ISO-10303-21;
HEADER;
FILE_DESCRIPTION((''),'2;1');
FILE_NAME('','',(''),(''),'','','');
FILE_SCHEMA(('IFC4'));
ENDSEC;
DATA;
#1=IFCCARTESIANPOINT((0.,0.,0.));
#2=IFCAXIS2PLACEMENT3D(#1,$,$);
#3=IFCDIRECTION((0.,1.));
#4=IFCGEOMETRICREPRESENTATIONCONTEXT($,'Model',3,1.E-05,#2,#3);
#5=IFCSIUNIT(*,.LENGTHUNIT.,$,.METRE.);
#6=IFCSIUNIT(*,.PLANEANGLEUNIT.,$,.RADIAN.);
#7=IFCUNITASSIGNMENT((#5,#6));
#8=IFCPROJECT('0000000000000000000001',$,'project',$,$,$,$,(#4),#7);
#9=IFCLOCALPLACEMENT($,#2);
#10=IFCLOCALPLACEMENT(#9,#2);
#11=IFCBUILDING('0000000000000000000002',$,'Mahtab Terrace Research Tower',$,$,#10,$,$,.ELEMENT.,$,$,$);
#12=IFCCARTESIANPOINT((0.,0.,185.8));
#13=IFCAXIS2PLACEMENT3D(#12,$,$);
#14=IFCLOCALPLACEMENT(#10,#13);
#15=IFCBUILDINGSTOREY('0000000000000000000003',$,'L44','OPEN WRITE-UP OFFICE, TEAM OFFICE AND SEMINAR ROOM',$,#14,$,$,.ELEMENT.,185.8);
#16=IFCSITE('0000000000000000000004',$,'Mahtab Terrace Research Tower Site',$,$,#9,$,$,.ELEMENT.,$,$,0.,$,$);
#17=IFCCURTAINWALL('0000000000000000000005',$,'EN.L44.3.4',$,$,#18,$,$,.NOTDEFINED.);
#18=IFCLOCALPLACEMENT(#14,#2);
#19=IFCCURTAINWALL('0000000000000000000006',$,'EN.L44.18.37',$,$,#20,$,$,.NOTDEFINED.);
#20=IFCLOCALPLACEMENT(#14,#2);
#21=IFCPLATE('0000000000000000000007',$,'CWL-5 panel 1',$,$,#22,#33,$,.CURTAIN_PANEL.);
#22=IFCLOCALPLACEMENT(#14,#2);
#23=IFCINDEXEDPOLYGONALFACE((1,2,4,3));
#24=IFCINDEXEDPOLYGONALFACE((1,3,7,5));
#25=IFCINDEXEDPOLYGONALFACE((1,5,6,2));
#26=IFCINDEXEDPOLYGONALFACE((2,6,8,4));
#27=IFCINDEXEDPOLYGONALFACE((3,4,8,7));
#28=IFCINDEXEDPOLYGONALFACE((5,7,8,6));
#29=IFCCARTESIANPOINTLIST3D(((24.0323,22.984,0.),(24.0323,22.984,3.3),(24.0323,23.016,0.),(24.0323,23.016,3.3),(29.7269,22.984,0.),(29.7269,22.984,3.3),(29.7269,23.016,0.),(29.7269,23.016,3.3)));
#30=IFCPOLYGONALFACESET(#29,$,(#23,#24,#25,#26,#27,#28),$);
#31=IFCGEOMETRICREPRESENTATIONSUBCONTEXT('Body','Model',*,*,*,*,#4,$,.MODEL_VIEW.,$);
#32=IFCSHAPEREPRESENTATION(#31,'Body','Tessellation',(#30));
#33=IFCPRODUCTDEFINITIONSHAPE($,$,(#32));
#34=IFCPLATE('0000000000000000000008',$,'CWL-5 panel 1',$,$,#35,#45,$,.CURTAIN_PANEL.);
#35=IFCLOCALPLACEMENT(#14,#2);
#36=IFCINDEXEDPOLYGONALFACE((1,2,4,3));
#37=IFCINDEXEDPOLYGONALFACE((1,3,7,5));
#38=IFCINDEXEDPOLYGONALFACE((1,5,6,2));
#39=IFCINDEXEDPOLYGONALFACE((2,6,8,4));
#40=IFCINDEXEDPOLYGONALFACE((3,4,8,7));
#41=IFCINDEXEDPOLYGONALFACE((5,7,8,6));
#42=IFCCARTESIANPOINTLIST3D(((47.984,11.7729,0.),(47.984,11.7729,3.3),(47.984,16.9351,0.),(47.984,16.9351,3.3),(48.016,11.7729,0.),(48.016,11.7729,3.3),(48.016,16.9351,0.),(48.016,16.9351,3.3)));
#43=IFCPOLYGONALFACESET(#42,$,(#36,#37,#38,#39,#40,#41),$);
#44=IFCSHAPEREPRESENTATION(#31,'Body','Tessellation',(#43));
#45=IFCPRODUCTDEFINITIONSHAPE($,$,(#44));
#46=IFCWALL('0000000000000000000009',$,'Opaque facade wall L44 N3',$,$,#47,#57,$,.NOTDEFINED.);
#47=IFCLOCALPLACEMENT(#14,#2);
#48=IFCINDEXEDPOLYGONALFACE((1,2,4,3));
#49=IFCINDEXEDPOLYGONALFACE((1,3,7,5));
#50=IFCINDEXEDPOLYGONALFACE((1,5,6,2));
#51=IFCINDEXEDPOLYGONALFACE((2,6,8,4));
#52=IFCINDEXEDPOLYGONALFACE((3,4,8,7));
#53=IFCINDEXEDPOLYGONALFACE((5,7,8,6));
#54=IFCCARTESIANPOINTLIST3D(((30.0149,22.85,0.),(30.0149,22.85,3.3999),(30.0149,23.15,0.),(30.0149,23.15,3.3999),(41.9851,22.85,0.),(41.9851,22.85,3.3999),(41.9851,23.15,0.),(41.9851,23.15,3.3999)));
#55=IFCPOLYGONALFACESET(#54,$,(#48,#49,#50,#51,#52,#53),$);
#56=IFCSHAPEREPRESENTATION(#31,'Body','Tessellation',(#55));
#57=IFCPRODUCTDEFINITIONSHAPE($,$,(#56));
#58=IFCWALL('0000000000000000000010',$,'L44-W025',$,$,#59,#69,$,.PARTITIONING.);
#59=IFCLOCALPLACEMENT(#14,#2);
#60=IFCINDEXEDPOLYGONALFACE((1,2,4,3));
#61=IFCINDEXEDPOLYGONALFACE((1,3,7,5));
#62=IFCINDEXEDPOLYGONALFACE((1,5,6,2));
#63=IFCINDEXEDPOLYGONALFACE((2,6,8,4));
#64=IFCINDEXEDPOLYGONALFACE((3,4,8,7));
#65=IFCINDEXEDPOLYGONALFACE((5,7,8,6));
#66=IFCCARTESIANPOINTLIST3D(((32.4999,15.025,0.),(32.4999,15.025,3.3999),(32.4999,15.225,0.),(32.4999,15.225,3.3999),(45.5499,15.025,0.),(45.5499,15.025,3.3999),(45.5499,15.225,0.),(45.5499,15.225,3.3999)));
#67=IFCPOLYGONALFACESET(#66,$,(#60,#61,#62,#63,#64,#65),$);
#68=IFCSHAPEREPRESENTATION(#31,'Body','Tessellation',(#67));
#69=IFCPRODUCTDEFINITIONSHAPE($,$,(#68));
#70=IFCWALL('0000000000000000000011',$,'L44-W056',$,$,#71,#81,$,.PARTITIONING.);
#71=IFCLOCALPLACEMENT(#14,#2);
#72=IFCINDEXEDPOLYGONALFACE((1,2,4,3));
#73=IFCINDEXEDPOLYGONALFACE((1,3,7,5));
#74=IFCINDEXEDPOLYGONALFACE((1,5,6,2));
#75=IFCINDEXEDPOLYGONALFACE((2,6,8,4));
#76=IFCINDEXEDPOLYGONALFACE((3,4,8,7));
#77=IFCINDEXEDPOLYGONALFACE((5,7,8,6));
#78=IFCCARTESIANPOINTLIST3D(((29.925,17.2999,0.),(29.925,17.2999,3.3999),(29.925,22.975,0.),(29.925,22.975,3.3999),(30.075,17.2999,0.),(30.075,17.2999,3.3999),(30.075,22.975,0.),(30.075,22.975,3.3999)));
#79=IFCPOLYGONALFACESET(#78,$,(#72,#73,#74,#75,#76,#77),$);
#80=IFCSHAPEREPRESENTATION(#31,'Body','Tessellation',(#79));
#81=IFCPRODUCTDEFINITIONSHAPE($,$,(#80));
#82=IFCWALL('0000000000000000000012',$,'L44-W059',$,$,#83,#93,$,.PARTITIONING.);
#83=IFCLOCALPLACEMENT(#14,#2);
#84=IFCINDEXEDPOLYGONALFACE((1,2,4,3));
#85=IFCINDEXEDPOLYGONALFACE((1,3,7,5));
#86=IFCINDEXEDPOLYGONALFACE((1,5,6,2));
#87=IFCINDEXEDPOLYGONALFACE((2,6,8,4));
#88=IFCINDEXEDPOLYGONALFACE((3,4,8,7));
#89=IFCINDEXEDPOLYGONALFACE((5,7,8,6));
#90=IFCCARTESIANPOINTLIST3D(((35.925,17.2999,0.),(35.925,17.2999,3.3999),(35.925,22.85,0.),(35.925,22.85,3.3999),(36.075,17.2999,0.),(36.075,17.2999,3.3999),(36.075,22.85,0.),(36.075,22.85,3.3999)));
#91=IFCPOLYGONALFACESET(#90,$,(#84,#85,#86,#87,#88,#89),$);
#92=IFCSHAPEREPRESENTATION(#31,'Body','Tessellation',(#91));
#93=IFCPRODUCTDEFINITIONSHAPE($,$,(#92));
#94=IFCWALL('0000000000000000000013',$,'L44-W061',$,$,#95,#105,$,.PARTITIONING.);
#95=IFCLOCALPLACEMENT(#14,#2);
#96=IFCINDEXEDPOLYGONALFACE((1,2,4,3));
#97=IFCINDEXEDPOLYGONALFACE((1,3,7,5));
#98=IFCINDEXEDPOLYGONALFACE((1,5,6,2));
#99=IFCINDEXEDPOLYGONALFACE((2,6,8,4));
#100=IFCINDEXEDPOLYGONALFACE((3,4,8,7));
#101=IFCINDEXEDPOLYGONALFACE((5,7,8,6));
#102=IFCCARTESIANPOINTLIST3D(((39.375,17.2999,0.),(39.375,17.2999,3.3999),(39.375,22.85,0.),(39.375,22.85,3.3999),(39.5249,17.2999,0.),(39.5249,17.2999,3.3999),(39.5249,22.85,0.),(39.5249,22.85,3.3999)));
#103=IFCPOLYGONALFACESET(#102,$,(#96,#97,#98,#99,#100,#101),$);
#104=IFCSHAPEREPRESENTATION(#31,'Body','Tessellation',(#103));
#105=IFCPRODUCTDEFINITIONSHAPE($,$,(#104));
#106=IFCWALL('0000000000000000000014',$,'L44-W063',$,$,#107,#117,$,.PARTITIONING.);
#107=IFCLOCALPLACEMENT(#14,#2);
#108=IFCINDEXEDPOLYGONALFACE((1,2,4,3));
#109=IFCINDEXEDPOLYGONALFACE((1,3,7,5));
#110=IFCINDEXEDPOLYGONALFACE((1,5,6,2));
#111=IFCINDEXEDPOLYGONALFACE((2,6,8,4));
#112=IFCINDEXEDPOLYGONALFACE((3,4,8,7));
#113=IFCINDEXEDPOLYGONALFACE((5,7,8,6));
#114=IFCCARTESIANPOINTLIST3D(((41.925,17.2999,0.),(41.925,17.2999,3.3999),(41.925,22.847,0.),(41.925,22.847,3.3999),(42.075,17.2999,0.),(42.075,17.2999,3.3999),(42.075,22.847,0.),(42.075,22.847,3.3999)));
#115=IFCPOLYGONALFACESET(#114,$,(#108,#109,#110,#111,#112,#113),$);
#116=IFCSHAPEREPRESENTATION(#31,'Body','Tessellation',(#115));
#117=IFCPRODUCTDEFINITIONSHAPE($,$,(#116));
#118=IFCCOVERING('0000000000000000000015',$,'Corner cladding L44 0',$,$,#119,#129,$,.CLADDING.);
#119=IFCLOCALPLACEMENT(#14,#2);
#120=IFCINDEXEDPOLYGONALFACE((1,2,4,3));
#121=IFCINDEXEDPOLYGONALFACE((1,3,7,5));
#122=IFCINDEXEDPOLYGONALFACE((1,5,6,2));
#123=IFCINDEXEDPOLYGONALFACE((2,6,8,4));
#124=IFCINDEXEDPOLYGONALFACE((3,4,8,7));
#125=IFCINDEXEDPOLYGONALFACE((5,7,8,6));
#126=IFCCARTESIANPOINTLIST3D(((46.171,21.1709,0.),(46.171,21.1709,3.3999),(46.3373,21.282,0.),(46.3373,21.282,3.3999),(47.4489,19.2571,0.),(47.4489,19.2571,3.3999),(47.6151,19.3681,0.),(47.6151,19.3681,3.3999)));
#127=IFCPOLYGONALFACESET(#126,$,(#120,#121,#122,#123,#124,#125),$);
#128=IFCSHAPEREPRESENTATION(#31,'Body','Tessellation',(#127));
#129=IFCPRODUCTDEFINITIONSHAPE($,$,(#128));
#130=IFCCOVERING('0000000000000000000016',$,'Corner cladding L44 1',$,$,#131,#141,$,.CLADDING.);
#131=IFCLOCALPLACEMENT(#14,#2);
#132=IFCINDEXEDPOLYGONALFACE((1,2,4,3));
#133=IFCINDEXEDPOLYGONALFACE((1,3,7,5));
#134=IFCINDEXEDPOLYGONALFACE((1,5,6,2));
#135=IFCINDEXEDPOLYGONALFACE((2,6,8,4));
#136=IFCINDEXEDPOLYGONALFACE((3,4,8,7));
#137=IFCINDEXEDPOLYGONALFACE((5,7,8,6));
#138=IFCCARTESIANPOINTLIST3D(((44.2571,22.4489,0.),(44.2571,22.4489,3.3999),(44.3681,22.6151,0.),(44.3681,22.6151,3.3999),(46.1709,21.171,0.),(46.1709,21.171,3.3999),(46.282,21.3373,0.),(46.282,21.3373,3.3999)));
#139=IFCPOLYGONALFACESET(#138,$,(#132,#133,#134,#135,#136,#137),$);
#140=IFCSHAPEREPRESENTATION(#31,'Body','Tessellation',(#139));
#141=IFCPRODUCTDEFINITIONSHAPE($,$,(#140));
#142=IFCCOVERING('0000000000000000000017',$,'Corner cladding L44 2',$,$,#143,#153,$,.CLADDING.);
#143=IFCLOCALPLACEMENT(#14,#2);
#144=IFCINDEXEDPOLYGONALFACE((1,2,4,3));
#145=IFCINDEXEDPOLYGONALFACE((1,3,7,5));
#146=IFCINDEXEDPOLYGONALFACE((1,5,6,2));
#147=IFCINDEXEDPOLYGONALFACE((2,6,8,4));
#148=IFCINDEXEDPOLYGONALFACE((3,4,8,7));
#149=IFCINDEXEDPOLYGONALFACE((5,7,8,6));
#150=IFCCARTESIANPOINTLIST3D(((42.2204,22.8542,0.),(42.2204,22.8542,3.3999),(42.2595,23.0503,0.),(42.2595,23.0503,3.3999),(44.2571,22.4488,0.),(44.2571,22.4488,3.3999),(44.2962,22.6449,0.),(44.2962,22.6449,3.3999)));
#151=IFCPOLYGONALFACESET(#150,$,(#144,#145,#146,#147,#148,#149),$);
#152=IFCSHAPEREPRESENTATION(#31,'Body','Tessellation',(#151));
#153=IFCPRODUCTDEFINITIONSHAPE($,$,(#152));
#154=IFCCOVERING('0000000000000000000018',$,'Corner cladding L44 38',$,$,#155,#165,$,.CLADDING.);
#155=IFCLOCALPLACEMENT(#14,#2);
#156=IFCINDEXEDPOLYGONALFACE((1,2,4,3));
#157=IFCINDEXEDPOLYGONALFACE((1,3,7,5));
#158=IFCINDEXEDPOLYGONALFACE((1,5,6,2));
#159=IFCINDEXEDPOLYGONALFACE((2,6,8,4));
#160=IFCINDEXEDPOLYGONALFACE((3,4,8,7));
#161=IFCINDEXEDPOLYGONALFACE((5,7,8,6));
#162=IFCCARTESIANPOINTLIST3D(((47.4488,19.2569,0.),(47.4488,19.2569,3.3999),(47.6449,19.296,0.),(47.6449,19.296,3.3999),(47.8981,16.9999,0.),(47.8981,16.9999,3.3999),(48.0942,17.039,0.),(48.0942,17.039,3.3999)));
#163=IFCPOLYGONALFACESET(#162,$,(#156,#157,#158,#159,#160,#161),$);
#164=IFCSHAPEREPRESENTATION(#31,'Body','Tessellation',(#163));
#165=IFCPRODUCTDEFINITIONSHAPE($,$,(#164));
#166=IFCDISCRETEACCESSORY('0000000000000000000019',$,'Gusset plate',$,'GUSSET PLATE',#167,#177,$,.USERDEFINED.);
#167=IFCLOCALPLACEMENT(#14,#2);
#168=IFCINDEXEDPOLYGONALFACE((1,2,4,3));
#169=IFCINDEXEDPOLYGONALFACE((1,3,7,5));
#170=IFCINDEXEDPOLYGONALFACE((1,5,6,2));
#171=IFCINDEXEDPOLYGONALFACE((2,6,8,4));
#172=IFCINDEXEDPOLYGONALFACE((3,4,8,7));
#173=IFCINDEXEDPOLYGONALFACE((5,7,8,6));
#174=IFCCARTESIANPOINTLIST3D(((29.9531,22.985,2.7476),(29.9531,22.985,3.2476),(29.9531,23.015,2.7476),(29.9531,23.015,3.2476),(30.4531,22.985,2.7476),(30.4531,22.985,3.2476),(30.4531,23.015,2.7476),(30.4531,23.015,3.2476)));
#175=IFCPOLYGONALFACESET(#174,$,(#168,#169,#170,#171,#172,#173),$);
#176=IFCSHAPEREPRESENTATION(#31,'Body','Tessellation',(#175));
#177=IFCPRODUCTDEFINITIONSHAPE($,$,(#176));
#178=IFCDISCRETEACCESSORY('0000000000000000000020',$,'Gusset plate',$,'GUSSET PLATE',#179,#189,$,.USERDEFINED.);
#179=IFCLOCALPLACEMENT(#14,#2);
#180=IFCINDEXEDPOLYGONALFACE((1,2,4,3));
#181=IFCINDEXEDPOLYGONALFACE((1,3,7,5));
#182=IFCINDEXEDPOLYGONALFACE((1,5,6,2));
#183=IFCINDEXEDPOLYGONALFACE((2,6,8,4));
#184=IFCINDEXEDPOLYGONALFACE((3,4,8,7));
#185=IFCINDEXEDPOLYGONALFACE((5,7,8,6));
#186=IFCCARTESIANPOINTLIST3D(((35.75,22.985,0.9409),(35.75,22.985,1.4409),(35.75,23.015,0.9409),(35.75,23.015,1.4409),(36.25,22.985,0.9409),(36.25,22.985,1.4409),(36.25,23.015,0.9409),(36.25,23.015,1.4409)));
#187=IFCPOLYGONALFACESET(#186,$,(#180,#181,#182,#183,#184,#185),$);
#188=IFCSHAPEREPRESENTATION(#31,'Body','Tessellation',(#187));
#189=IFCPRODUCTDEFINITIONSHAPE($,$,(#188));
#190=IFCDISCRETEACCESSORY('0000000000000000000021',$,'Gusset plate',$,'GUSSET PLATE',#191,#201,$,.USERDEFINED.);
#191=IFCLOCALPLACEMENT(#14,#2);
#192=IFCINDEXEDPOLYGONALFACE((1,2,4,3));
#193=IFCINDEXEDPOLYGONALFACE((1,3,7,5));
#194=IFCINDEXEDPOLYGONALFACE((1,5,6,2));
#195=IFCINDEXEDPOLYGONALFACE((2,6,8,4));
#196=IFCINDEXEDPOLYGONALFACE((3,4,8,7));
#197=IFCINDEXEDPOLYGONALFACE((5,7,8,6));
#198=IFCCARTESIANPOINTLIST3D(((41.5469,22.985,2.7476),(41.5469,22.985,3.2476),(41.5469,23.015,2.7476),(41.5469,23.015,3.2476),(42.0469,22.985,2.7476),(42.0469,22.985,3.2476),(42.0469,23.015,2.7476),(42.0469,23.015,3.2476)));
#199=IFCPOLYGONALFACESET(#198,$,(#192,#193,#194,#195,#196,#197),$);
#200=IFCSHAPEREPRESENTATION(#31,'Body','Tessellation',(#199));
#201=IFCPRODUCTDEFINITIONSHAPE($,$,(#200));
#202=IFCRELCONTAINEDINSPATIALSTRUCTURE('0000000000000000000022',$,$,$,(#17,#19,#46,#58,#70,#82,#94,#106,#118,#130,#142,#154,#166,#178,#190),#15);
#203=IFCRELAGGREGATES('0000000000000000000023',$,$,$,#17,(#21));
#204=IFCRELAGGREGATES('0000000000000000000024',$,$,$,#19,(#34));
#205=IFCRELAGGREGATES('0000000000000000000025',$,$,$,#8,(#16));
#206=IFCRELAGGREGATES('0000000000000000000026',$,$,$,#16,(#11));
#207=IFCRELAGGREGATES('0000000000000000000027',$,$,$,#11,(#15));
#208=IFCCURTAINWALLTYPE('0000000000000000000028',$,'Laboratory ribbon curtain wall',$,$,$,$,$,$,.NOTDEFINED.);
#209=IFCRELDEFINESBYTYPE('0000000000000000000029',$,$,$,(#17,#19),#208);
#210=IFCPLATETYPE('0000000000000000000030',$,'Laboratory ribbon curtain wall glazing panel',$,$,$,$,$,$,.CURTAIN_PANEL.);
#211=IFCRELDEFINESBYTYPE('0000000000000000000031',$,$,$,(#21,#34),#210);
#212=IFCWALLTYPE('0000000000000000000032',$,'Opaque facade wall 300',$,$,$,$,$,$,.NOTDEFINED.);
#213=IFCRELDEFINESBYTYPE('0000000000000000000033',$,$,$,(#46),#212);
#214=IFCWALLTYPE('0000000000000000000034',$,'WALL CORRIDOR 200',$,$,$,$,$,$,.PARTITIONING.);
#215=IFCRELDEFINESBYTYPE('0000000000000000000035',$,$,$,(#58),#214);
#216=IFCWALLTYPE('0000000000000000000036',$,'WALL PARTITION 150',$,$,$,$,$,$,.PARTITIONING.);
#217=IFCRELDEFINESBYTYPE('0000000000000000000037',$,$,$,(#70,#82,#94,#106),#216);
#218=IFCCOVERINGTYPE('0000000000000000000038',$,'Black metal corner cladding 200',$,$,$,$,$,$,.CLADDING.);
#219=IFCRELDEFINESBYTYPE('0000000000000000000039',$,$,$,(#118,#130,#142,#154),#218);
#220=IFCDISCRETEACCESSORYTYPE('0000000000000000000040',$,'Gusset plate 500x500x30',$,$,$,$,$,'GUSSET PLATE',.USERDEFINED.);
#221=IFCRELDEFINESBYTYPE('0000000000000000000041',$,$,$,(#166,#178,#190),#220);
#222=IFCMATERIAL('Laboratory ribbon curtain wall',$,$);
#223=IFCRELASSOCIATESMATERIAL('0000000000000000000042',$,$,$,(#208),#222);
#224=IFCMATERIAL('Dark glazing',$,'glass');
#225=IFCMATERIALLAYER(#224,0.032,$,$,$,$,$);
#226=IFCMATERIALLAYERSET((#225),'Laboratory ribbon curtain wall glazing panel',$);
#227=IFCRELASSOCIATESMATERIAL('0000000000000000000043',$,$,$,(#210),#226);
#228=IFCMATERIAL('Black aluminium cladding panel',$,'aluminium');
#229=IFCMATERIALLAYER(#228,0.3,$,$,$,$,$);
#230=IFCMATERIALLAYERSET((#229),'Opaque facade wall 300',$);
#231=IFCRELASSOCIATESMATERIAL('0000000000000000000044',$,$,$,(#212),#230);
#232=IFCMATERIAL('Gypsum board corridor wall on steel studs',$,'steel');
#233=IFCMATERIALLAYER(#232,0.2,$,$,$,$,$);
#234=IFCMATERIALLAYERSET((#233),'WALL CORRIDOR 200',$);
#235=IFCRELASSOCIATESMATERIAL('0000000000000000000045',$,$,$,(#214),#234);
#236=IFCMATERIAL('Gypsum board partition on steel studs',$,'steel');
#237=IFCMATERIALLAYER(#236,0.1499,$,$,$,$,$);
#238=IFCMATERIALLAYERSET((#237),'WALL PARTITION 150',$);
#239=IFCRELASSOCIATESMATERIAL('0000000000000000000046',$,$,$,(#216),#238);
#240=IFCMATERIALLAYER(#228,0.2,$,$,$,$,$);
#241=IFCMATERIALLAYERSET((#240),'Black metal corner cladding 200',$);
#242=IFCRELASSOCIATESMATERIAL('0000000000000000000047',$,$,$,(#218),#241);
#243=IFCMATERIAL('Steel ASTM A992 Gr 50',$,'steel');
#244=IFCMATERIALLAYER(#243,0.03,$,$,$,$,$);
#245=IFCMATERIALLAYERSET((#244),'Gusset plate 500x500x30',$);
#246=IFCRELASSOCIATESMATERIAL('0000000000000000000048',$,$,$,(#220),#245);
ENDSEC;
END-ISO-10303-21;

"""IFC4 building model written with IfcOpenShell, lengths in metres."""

from ifc_helpers import new_model, si_unit, direction, frame, frame_2d, origin, origin_2d, place, context, subcontext, project, spatial, rectangle, extrude, material, layer, layer_set, type_object, element, aggregate, save


model = new_model("IFC4")

# Units and contexts
model_context = context("Model", 3, precision=1e-05, world=origin(), true_north=direction((0.0, 1.0)))
body_context = subcontext(model_context, "Body", "Model", "MODEL_VIEW")
ifc_project = project(units=[si_unit("LENGTHUNIT", "METRE"), si_unit("PLANEANGLEUNIT", "RADIAN")], contexts=[model_context])

# Site, building, storey
site_placement = place(None, origin())
site = spatial("IfcSite", under=ifc_project, at=site_placement, Name="Mahtab Terrace Research Tower Site", CompositionType="ELEMENT", RefElevation=0.0)
building_placement = place(site_placement, origin())
building = spatial("IfcBuilding", under=site, at=building_placement, Name="Mahtab Terrace Research Tower", CompositionType="ELEMENT")
storey_placement = place(building_placement, frame((0.0, 0.0, 185.8)))
storey = spatial("IfcBuildingStorey", under=building, at=storey_placement, Name="L44", Description="OPEN WRITE-UP OFFICE, TEAM OFFICE AND SEMINAR ROOM", CompositionType="ELEMENT", Elevation=185.8)

# Shared definitions
ifc_material_1 = material(Name="Steel ASTM A992 Gr 50", Category="steel")

# Curtain walls
ifc_material_2 = material(Name="Laboratory ribbon curtain wall")
curtain_wall_type = type_object("IfcCurtainWallType", Name="Laboratory ribbon curtain wall", PredefinedType="NOTDEFINED", material=ifc_material_2)
curtain_wall_1_placement = place(storey_placement, origin())
curtain_wall_1 = element("IfcCurtainWall", 1, at=curtain_wall_1_placement, inside=storey, type_object=curtain_wall_type, Name="EN.L44.3.4", PredefinedType="NOTDEFINED")
curtain_wall_2_placement = place(storey_placement, origin())
curtain_wall_2 = element("IfcCurtainWall", 2, at=curtain_wall_2_placement, inside=storey, type_object=curtain_wall_type, Name="EN.L44.18.37", PredefinedType="NOTDEFINED")

# Plates
ifc_material_3 = material(Name="Dark glazing", Category="glass")
ifc_layer_1 = layer(ifc_material_3, 0.032)
ifc_layer_set_1 = layer_set([ifc_layer_1], Name="Laboratory ribbon curtain wall glazing panel")
plate_type = type_object("IfcPlateType", Name="Laboratory ribbon curtain wall glazing panel", PredefinedType="CURTAIN_PANEL", material=ifc_layer_set_1)
plate_1_placement = place(storey_placement, frame((26.8796, 23.0, 0.0), z_axis=(0.0, 0.0, 1.0), x_axis=(-1.0, 0.0, 0.0)))
plate_1 = element("IfcPlate", 3, at=plate_1_placement, type_object=plate_type, Name="CWL-5 panel 1", PredefinedType="CURTAIN_PANEL", context=body_context, shape_type="SweptSolid", body=[
    extrude(rectangle(XDim=5.6946, YDim=0.032, at=origin_2d()), origin(), (0.0, 0.0, 1.0), 3.3),
])
aggregate(curtain_wall_1, [plate_1])
plate_2_placement = place(storey_placement, frame((48.0, 14.354, 0.0), z_axis=(0.0, 0.0, 1.0), x_axis=(0.0, 1.0, 0.0)))
plate_2 = element("IfcPlate", 4, at=plate_2_placement, type_object=plate_type, Name="CWL-5 panel 1", PredefinedType="CURTAIN_PANEL", context=body_context, shape_type="SweptSolid", body=[
    extrude(rectangle(XDim=5.1621, YDim=0.032, at=origin_2d()), origin(), (0.0, 0.0, 1.0), 3.3),
])
aggregate(curtain_wall_2, [plate_2])

# Walls
ifc_material_4 = material(Name="Black aluminium cladding panel", Category="aluminium")
ifc_layer_2 = layer(ifc_material_4, 0.3)
ifc_layer_set_2 = layer_set([ifc_layer_2], Name="Opaque facade wall 300")
wall_type_1 = type_object("IfcWallType", Name="Opaque facade wall 300", PredefinedType="NOTDEFINED", material=ifc_layer_set_2)
wall_1_placement = place(storey_placement, frame((41.9851, 23.0, 0.0), z_axis=(0.0, 0.0, 1.0), x_axis=(-1.0, 0.0, 0.0)))
element("IfcWall", 5, at=wall_1_placement, inside=storey, type_object=wall_type_1, Name="Opaque facade wall L44 N3", PredefinedType="NOTDEFINED", context=body_context, shape_type="SweptSolid", body=[
    extrude(rectangle(XDim=11.9702, YDim=0.3, at=frame_2d((5.9851, 0.0))), origin(), (0.0, 0.0, 1.0), 3.3999),
])
ifc_material_5 = material(Name="Gypsum board corridor wall on steel studs", Category="steel")
ifc_layer_3 = layer(ifc_material_5, 0.2)
ifc_layer_set_3 = layer_set([ifc_layer_3], Name="WALL CORRIDOR 200")
wall_type_2 = type_object("IfcWallType", Name="WALL CORRIDOR 200", PredefinedType="PARTITIONING", material=ifc_layer_set_3)
wall_2_placement = place(storey_placement, frame((32.5, 15.125, 0.0), z_axis=(0.0, 0.0, 1.0), x_axis=(1.0, 0.0, 0.0)))
element("IfcWall", 6, at=wall_2_placement, inside=storey, type_object=wall_type_2, Name="L44-W025", PredefinedType="PARTITIONING", context=body_context, shape_type="SweptSolid", body=[
    extrude(rectangle(XDim=13.05, YDim=0.2, at=frame_2d((6.5249, 0.0))), origin(), (0.0, 0.0, 1.0), 3.3999),
])
ifc_material_6 = material(Name="Gypsum board partition on steel studs", Category="steel")
ifc_layer_4 = layer(ifc_material_6, 0.1499)
ifc_layer_set_4 = layer_set([ifc_layer_4], Name="WALL PARTITION 150")
wall_type_3 = type_object("IfcWallType", Name="WALL PARTITION 150", PredefinedType="PARTITIONING", material=ifc_layer_set_4)
wall_3_placement = place(storey_placement, frame((30.0, 17.3, 0.0), z_axis=(0.0, 0.0, 1.0), x_axis=(0.0, 1.0, 0.0)))
element("IfcWall", 7, at=wall_3_placement, inside=storey, type_object=wall_type_3, Name="L44-W056", PredefinedType="PARTITIONING", context=body_context, shape_type="SweptSolid", body=[
    extrude(rectangle(XDim=5.675, YDim=0.1499, at=frame_2d((2.8374, 0.0))), origin(), (0.0, 0.0, 1.0), 3.3999),
])
for number, where, z_axis, x_axis, name in (
    (8, (36.0, 17.3, 0.0), (0.0, 0.0, 1.0), (0.0, 1.0, 0.0), "L44-W059"),
    (9, (39.45, 17.3, 0.0), (0.0, 0.0, 1.0), (0.0, 1.0, 0.0), "L44-W061"),
):
    element("IfcWall", number, at=place(storey_placement, frame(where, z_axis=z_axis, x_axis=x_axis)), inside=storey, type_object=wall_type_3, Name=name, PredefinedType="PARTITIONING", context=body_context, shape_type="SweptSolid", body=[
        extrude(rectangle(XDim=5.55, YDim=0.1499, at=frame_2d((2.7749, 0.0))), origin(), (0.0, 0.0, 1.0), 3.3999),
    ])
wall_4_placement = place(storey_placement, frame((42.0, 17.3, 0.0), z_axis=(0.0, 0.0, 1.0), x_axis=(0.0, 1.0, 0.0)))
element("IfcWall", 10, at=wall_4_placement, inside=storey, type_object=wall_type_3, Name="L44-W063", PredefinedType="PARTITIONING", context=body_context, shape_type="SweptSolid", body=[
    extrude(rectangle(XDim=5.5471, YDim=0.1499, at=frame_2d((2.7734, 0.0))), origin(), (0.0, 0.0, 1.0), 3.3999),
])

# Coverings
ifc_layer_5 = layer(ifc_material_4, 0.2)
ifc_layer_set_5 = layer_set([ifc_layer_5], Name="Black metal corner cladding 200")
covering_type = type_object("IfcCoveringType", Name="Black metal corner cladding 200", PredefinedType="CLADDING", material=ifc_layer_set_5)
for number, where, z_axis, x_axis, name in (
    (11, (46.8931, 20.2695, 0.0), (0.0, 0.0, 1.0), (-0.555291, 0.831656, 0.0), "Corner cladding L44 0"),
    (12, (45.2695, 21.8931, 0.0), (0.0, 0.0, 1.0), (-0.831656, 0.555291, 0.0), "Corner cladding L44 1"),
):
    element("IfcCovering", number, at=place(storey_placement, frame(where, z_axis=z_axis, x_axis=x_axis)), inside=storey, type_object=covering_type, Name=name, PredefinedType="CLADDING", context=body_context, shape_type="SweptSolid", body=[
        extrude(rectangle(XDim=2.3013, YDim=0.2, at=origin_2d()), origin(), (0.0, 0.0, 1.0), 3.3999),
    ])
covering_1_placement = place(storey_placement, frame((43.2583, 22.7495, 0.0), z_axis=(0.0, 0.0, 1.0), x_axis=(-0.980761, 0.195212, 0.0)))
element("IfcCovering", 13, at=covering_1_placement, inside=storey, type_object=covering_type, Name="Corner cladding L44 2", PredefinedType="CLADDING", context=body_context, shape_type="SweptSolid", body=[
    extrude(rectangle(XDim=2.0767, YDim=0.2, at=origin_2d()), origin(), (0.0, 0.0, 1.0), 3.3999),
])
covering_2_placement = place(storey_placement, frame((47.7715, 18.1479, 0.0), z_axis=(0.0, 0.0, 1.0), x_axis=(-0.195212, 0.980761, 0.0)))
element("IfcCovering", 14, at=covering_2_placement, inside=storey, type_object=covering_type, Name="Corner cladding L44 38", PredefinedType="CLADDING", context=body_context, shape_type="SweptSolid", body=[
    extrude(rectangle(XDim=2.3013, YDim=0.2, at=origin_2d()), origin(), (0.0, 0.0, 1.0), 3.3999),
])

# Discrete accessories
ifc_layer_6 = layer(ifc_material_1, 0.03)
ifc_layer_set_6 = layer_set([ifc_layer_6], Name="Gusset plate 500x500x30")
discrete_accessory_type = type_object("IfcDiscreteAccessoryType", Name="Gusset plate 500x500x30", ElementType="GUSSET PLATE", PredefinedType="USERDEFINED", material=ifc_layer_set_6)
for number, where, z_axis, x_axis, name in (
    (15, (30.2031, 23.0, 2.7476), (0.0, 0.0, 1.0), (1.0, 0.0, 0.0), "Gusset plate"),
    (16, (36.0, 23.0, 0.9409), (0.0, 0.0, 1.0), (1.0, 0.0, 0.0), "Gusset plate"),
    (17, (41.7969, 23.0, 2.7476), (0.0, 0.0, 1.0), (1.0, 0.0, 0.0), "Gusset plate"),
):
    element("IfcDiscreteAccessory", number, at=place(storey_placement, frame(where, z_axis=z_axis, x_axis=x_axis)), inside=storey, type_object=discrete_accessory_type, Name=name, ObjectType="GUSSET PLATE", PredefinedType="USERDEFINED", context=body_context, shape_type="SweptSolid", body=[
        extrude(rectangle(XDim=0.5, YDim=0.03, at=origin_2d()), origin(), (0.0, 0.0, 1.0), 0.5),
    ])

save(model, "model.ifc")
